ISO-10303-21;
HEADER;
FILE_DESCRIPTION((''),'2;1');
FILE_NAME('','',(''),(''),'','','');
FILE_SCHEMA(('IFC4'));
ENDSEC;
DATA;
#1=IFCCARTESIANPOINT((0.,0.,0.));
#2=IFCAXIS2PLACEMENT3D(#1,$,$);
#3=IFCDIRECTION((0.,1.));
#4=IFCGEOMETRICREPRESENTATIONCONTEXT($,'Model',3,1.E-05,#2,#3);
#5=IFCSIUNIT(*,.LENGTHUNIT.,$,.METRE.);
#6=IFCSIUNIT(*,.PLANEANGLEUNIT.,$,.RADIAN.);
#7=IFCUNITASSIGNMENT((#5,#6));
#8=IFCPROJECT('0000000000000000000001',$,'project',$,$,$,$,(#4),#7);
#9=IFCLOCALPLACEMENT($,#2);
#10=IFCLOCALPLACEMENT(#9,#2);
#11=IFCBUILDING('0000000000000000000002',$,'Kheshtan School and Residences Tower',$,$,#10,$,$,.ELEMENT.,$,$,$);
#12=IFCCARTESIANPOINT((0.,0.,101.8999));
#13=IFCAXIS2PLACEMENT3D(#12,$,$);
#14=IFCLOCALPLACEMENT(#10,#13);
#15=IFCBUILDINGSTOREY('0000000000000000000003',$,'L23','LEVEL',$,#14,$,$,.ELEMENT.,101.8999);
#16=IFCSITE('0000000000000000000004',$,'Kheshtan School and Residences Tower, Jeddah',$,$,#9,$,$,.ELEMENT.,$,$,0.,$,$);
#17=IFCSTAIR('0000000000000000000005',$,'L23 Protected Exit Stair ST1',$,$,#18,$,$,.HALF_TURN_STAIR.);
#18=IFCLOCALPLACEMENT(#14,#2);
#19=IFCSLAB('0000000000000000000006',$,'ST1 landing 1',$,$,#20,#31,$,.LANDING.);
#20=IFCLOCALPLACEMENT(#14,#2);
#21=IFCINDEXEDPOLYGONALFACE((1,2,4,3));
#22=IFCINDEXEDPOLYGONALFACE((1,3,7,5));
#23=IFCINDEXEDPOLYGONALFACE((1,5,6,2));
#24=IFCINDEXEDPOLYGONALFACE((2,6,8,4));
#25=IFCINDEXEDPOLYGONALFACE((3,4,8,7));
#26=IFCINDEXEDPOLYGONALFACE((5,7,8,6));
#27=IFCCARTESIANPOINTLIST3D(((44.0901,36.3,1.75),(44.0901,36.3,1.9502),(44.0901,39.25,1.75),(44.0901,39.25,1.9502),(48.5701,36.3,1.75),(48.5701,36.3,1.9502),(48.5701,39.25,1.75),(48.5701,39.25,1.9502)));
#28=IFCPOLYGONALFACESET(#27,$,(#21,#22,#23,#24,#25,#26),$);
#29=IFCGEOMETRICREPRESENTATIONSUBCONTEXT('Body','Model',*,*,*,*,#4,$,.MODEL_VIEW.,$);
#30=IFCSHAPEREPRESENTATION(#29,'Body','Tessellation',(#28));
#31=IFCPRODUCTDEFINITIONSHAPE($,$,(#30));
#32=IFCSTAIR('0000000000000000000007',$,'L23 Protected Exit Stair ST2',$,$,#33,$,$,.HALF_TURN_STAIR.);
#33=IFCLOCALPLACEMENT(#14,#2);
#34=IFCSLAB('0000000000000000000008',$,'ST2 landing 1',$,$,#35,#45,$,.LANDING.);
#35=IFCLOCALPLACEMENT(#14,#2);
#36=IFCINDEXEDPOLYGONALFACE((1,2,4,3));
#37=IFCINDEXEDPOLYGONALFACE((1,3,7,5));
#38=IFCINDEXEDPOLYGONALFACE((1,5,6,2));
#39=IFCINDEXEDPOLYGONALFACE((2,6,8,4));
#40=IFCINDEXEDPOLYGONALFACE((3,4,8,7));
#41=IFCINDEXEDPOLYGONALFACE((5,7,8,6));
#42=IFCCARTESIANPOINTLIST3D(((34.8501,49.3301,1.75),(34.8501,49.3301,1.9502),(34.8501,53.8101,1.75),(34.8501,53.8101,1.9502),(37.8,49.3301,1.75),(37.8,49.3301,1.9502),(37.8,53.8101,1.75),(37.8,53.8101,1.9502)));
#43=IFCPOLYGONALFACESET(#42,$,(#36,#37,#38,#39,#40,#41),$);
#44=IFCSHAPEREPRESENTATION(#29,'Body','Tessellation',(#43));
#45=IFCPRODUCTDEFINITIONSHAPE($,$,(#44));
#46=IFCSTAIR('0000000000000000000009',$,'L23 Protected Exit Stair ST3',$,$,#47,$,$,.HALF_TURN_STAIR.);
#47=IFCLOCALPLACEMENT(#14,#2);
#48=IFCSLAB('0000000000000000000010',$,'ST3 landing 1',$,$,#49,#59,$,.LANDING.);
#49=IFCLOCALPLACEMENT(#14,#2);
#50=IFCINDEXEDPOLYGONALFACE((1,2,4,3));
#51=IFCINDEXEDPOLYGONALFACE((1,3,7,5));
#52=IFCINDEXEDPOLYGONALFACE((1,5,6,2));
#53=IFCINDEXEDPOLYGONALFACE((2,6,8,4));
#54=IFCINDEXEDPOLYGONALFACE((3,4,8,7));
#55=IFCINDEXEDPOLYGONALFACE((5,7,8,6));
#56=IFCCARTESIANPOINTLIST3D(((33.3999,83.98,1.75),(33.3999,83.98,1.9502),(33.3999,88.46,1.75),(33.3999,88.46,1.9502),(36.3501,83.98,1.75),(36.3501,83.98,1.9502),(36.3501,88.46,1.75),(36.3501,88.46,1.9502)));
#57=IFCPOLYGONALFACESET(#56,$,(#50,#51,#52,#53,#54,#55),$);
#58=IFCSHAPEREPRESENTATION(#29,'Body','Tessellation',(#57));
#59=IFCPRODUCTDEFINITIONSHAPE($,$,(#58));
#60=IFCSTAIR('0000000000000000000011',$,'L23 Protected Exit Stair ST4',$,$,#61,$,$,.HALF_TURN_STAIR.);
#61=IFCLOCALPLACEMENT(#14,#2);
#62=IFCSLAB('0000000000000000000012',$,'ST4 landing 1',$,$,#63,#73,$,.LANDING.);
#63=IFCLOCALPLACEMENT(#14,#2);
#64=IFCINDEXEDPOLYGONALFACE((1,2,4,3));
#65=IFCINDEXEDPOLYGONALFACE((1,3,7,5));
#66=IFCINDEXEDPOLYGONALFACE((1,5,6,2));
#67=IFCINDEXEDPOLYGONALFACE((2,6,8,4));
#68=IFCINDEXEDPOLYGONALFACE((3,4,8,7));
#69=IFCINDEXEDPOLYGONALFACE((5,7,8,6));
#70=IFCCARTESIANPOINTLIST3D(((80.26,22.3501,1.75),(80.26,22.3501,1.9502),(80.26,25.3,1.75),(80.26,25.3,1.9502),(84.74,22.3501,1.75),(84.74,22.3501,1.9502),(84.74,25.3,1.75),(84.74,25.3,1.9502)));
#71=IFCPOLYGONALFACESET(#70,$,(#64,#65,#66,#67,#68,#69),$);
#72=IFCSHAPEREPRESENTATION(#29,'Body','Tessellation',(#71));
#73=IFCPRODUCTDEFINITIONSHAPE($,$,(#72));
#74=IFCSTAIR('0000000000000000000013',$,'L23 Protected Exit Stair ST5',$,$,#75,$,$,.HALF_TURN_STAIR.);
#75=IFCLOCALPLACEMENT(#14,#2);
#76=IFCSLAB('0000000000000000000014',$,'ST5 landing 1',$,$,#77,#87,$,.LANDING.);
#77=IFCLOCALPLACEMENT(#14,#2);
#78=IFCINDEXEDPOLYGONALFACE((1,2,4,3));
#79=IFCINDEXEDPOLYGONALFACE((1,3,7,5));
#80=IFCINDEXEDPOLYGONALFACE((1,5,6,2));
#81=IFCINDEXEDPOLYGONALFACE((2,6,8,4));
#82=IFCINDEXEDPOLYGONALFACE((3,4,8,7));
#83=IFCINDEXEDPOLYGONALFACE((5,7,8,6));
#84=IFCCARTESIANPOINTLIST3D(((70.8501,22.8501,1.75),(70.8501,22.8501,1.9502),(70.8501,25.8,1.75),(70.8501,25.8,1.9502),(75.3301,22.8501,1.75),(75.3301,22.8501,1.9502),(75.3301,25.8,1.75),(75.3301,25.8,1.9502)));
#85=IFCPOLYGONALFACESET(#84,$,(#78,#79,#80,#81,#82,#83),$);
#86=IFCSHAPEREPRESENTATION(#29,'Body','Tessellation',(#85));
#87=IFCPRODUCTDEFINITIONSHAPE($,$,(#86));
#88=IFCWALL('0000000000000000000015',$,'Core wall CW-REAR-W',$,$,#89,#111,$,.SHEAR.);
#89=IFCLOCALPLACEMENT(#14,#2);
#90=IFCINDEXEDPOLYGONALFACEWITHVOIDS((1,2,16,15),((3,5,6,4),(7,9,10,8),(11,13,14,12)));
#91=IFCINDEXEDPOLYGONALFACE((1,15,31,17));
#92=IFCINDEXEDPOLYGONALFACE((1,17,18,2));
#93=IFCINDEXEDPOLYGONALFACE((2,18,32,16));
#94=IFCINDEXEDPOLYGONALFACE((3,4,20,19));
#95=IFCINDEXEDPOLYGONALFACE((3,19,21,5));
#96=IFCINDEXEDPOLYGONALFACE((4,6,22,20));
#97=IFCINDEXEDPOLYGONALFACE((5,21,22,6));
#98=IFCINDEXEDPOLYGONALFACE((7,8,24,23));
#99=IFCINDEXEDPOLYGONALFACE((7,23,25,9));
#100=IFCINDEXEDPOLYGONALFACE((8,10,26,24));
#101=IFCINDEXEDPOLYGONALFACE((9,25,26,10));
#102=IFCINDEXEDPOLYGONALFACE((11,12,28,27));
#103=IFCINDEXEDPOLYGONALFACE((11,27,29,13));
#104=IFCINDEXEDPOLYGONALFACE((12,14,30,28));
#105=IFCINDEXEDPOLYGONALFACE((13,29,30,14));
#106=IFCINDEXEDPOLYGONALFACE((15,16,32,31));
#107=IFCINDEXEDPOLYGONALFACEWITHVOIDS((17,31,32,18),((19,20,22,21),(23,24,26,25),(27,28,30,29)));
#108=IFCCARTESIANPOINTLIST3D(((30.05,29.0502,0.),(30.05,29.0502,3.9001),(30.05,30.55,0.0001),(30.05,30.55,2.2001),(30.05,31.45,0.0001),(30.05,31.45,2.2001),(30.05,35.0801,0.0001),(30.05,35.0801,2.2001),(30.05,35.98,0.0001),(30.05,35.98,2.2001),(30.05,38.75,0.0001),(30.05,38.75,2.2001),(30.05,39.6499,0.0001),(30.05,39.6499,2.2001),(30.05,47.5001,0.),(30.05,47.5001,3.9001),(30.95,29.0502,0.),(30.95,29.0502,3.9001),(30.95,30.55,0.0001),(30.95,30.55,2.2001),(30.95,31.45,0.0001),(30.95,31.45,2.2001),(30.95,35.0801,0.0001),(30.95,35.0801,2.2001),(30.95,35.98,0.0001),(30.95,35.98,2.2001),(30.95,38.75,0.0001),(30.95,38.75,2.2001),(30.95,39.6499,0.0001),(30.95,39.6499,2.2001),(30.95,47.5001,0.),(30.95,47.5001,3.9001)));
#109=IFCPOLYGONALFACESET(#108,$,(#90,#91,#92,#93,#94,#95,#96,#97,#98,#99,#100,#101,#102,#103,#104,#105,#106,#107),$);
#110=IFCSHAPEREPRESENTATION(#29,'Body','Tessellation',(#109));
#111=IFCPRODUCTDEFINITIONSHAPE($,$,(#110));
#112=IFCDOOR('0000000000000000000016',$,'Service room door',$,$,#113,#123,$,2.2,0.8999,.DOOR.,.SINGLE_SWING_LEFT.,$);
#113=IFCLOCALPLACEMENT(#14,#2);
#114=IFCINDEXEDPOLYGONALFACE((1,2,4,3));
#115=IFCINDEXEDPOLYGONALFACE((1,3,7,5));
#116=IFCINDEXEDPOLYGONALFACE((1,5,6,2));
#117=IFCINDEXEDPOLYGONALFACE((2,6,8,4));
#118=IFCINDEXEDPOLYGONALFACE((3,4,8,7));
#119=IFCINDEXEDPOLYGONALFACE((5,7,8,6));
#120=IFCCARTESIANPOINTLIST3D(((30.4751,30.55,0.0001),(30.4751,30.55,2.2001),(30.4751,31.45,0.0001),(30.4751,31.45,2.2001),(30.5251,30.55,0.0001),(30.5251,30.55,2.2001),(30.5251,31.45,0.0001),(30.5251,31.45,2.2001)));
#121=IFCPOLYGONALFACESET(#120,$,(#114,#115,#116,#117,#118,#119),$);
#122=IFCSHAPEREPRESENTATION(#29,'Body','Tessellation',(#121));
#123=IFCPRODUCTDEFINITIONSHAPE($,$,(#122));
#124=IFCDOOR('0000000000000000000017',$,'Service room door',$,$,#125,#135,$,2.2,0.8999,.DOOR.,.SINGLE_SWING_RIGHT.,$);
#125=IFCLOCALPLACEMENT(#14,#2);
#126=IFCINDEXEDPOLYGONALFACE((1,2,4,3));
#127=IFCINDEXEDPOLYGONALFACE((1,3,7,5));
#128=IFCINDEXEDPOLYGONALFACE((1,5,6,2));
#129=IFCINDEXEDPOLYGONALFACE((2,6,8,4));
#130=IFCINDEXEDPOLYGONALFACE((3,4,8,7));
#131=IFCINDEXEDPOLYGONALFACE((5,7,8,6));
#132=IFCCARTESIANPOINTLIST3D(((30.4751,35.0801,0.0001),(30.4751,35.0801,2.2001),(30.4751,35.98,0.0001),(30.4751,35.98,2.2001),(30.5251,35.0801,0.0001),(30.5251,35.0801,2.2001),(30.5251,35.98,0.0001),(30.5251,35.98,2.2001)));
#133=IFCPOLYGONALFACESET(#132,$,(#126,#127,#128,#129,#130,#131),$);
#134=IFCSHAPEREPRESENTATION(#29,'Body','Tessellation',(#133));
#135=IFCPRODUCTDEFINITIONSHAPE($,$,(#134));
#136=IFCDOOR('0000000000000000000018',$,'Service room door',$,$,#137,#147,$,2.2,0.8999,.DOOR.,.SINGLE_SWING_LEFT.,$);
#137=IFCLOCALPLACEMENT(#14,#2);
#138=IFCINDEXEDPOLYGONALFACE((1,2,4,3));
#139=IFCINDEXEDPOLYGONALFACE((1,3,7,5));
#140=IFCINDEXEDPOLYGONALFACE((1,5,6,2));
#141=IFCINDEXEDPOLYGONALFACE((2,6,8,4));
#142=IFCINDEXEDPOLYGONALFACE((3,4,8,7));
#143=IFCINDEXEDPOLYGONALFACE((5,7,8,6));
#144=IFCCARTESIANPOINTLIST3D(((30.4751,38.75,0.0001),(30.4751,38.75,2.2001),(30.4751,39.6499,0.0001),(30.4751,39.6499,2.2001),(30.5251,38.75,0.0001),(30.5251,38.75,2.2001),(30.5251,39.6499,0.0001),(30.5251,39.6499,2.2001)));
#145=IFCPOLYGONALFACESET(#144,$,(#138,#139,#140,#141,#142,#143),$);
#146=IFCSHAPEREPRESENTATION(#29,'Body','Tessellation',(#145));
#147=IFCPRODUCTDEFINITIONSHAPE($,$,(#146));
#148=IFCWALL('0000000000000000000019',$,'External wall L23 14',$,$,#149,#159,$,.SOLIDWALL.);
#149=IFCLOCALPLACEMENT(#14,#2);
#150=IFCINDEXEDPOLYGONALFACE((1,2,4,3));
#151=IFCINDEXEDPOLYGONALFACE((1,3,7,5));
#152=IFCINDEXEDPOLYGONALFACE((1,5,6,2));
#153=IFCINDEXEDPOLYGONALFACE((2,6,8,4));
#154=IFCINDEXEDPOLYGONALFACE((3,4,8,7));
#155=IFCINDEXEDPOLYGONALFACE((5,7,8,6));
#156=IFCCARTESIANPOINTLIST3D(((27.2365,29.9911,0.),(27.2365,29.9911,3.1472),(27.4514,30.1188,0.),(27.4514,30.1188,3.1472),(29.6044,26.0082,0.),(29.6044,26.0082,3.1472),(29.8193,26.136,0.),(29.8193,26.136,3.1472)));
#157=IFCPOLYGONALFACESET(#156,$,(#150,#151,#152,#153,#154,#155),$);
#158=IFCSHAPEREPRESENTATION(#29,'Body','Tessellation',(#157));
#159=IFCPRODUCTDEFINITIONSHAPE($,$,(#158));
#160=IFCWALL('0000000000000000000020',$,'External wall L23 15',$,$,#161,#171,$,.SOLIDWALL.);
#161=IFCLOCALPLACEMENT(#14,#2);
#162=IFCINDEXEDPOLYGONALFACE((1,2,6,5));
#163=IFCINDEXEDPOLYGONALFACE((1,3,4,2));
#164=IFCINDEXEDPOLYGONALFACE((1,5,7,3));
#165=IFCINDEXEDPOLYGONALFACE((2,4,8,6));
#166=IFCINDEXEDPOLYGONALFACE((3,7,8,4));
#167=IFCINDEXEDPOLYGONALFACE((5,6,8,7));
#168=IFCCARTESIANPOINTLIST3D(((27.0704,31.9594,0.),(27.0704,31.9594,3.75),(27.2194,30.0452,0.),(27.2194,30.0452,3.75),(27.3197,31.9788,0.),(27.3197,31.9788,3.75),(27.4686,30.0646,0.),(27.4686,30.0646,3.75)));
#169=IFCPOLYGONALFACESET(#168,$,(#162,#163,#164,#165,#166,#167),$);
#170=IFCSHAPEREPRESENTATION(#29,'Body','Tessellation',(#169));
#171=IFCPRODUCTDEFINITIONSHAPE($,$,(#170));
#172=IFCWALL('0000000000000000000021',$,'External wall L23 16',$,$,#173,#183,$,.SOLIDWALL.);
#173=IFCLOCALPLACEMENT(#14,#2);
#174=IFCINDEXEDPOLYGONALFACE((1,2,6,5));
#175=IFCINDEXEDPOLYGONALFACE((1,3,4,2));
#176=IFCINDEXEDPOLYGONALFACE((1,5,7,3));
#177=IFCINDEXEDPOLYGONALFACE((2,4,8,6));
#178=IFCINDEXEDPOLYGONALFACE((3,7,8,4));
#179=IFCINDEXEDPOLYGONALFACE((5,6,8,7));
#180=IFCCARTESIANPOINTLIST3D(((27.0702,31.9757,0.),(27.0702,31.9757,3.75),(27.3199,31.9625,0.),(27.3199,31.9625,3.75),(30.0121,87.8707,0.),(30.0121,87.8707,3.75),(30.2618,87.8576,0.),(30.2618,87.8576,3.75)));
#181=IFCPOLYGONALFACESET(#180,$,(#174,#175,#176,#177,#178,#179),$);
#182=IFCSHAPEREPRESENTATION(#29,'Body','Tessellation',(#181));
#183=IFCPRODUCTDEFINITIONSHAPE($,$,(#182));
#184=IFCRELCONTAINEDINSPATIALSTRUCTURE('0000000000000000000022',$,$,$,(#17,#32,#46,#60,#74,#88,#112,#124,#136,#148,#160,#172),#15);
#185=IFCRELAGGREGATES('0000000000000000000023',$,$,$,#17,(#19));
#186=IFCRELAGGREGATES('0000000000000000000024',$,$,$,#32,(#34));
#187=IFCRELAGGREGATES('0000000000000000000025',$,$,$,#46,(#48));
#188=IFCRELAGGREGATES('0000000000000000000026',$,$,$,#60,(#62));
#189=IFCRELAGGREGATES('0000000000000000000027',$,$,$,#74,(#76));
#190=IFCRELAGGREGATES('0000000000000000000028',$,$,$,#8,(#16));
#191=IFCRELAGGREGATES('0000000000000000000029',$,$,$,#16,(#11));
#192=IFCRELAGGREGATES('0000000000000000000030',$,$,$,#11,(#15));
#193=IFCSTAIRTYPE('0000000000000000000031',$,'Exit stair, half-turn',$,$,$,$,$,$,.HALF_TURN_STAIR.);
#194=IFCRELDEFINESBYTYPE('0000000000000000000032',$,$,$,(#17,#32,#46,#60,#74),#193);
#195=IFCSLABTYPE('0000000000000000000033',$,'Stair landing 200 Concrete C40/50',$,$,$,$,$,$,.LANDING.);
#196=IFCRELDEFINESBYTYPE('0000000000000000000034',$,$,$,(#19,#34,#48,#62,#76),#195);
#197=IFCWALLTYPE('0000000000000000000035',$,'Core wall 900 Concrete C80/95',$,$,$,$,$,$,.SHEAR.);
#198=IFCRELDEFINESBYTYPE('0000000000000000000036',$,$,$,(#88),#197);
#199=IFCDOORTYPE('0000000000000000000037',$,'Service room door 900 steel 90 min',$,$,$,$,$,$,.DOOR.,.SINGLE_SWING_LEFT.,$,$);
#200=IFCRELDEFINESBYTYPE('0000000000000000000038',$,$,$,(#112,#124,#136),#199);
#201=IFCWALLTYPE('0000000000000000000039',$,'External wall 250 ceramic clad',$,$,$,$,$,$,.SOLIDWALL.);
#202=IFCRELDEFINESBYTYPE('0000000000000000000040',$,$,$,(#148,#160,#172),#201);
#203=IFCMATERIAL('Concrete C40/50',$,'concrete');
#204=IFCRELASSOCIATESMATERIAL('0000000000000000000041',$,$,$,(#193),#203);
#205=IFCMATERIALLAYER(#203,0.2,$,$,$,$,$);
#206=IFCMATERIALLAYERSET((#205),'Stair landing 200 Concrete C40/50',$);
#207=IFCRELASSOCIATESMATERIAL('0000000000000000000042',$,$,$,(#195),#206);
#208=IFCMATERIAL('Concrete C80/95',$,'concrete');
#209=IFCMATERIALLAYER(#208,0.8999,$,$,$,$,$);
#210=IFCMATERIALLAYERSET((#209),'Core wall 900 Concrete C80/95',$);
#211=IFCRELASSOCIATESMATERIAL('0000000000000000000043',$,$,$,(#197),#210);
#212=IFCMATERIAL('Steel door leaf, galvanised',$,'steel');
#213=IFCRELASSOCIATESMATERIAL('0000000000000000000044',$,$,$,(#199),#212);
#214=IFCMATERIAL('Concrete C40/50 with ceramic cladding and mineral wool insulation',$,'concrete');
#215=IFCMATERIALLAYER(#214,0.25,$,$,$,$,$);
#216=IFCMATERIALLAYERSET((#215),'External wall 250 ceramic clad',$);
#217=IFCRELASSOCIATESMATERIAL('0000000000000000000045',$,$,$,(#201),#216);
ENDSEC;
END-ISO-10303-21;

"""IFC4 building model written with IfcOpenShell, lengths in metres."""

from ifc_helpers import new_model, si_unit, direction, frame, frame_2d, origin, place, context, subcontext, project, spatial, polyline, rectangle, outline, extrude, source, transform, mapped, material, layer, layer_set, type_object, element, fill, aggregate, save


model = new_model("IFC4")

# Units and contexts
model_context = context("Model", 3, precision=1e-05, world=origin(), true_north=direction((0.0, 1.0)))
body_context = subcontext(model_context, "Body", "Model", "MODEL_VIEW")
ifc_project = project(units=[si_unit("LENGTHUNIT", "METRE"), si_unit("PLANEANGLEUNIT", "RADIAN")], contexts=[model_context])

# Site, building, storey
site_placement = place(None, origin())
site = spatial("IfcSite", under=ifc_project, at=site_placement, Name="Kheshtan School and Residences Tower, Jeddah", CompositionType="ELEMENT", RefElevation=0.0)
building_placement = place(site_placement, origin())
building = spatial("IfcBuilding", under=site, at=building_placement, Name="Kheshtan School and Residences Tower", CompositionType="ELEMENT")
storey_placement = place(building_placement, frame((0.0, 0.0, 101.8999)))
storey = spatial("IfcBuildingStorey", under=building, at=storey_placement, Name="L23", Description="LEVEL", CompositionType="ELEMENT", Elevation=101.8999)

# Shared definitions
ifc_material_1 = material(Name="Concrete C40/50", Category="concrete")

# Stairs, slabs
stair_type = type_object("IfcStairType", Name="Exit stair, half-turn", PredefinedType="HALF_TURN_STAIR", material=ifc_material_1)
stair_1_placement = place(storey_placement, origin())
stair_1 = element("IfcStair", 1, at=stair_1_placement, inside=storey, type_object=stair_type, Name="L23 Protected Exit Stair ST1", PredefinedType="HALF_TURN_STAIR")
ifc_layer_1 = layer(ifc_material_1, 0.2)
ifc_layer_set_1 = layer_set([ifc_layer_1], Name="Stair landing 200 Concrete C40/50")
slab_type_1 = type_object("IfcSlabType", Name="Stair landing 200 Concrete C40/50", PredefinedType="LANDING", material=ifc_layer_set_1)
slab_1_placement = place(storey_placement, frame((0.0, 0.0, 1.75)))
slab_1 = element("IfcSlab", 2, at=slab_1_placement, type_object=slab_type_1, Name="ST1 landing 1", PredefinedType="LANDING", context=body_context, shape_type="SweptSolid", body=[
    extrude(outline(polyline([(48.5701, 39.25), (44.0901, 39.25), (44.0901, 36.3), (48.5701, 36.3), (48.5701, 39.25)])), origin(), (0.0, 0.0, 1.0), 0.2002),
])
aggregate(stair_1, [slab_1])
stair_2_placement = place(storey_placement, origin())
stair_2 = element("IfcStair", 3, at=stair_2_placement, inside=storey, type_object=stair_type, Name="L23 Protected Exit Stair ST2", PredefinedType="HALF_TURN_STAIR")
slab_2_placement = place(storey_placement, frame((0.0, 0.0, 1.75)))
slab_2 = element("IfcSlab", 4, at=slab_2_placement, type_object=slab_type_1, Name="ST2 landing 1", PredefinedType="LANDING", context=body_context, shape_type="SweptSolid", body=[
    extrude(outline(polyline([(37.8, 49.3301), (37.8, 53.8101), (34.8501, 53.8101), (34.8501, 49.3301), (37.8, 49.3301)])), origin(), (0.0, 0.0, 1.0), 0.2002),
])
aggregate(stair_2, [slab_2])
stair_3_placement = place(storey_placement, origin())
stair_3 = element("IfcStair", 5, at=stair_3_placement, inside=storey, type_object=stair_type, Name="L23 Protected Exit Stair ST3", PredefinedType="HALF_TURN_STAIR")
slab_3_placement = place(storey_placement, frame((0.0, 0.0, 1.75)))
slab_3 = element("IfcSlab", 6, at=slab_3_placement, type_object=slab_type_1, Name="ST3 landing 1", PredefinedType="LANDING", context=body_context, shape_type="SweptSolid", body=[
    extrude(outline(polyline([(36.3501, 83.98), (36.3501, 88.46), (33.3999, 88.46), (33.3999, 83.98), (36.3501, 83.98)])), origin(), (0.0, 0.0, 1.0), 0.2002),
])
aggregate(stair_3, [slab_3])
stair_4_placement = place(storey_placement, origin())
stair_4 = element("IfcStair", 7, at=stair_4_placement, inside=storey, type_object=stair_type, Name="L23 Protected Exit Stair ST4", PredefinedType="HALF_TURN_STAIR")
slab_4_placement = place(storey_placement, frame((0.0, 0.0, 1.75)))
slab_4 = element("IfcSlab", 8, at=slab_4_placement, type_object=slab_type_1, Name="ST4 landing 1", PredefinedType="LANDING", context=body_context, shape_type="SweptSolid", body=[
    extrude(outline(polyline([(84.74, 25.3), (80.26, 25.3), (80.26, 22.3501), (84.74, 22.3501), (84.74, 25.3)])), origin(), (0.0, 0.0, 1.0), 0.2002),
])
aggregate(stair_4, [slab_4])
stair_5_placement = place(storey_placement, origin())
stair_5 = element("IfcStair", 9, at=stair_5_placement, inside=storey, type_object=stair_type, Name="L23 Protected Exit Stair ST5", PredefinedType="HALF_TURN_STAIR")
slab_5_placement = place(storey_placement, frame((0.0, 0.0, 1.75)))
slab_5 = element("IfcSlab", 10, at=slab_5_placement, type_object=slab_type_1, Name="ST5 landing 1", PredefinedType="LANDING", context=body_context, shape_type="SweptSolid", body=[
    extrude(outline(polyline([(75.3301, 25.8), (70.8501, 25.8), (70.8501, 22.8501), (75.3301, 22.8501), (75.3301, 25.8)])), origin(), (0.0, 0.0, 1.0), 0.2002),
])
aggregate(stair_5, [slab_5])

# Wall, openings, doors
ifc_material_2 = material(Name="Concrete C80/95", Category="concrete")
ifc_layer_2 = layer(ifc_material_2, 0.8999)
ifc_layer_set_2 = layer_set([ifc_layer_2], Name="Core wall 900 Concrete C80/95")
wall_type_1 = type_object("IfcWallType", Name="Core wall 900 Concrete C80/95", PredefinedType="SHEAR", material=ifc_layer_set_2)
wall_1_placement = place(storey_placement, frame((30.5, 29.05, 0.0), z_axis=(0.0, 0.0, 1.0), x_axis=(0.0, 1.0, 0.0)))
wall_1 = element("IfcWall", 11, at=wall_1_placement, inside=storey, type_object=wall_type_1, Name="Core wall CW-REAR-W", PredefinedType="SHEAR", context=body_context, shape_type="SweptSolid", body=[
    extrude(rectangle(XDim=18.45, YDim=0.8999, at=frame_2d((9.2251, 0.0))), origin(), (0.0, 0.0, 1.0), 3.9001),
])
opening_1_placement = place(wall_1_placement, frame((1.5, 0.0, 0.0)))
opening_1 = element("IfcOpeningElement", 12, at=opening_1_placement, cuts=wall_1, PredefinedType="OPENING", context=body_context, shape_type="SweptSolid", body=[
    extrude(rectangle(XDim=0.8999, YDim=2.2, at=frame_2d((0.45, 1.1001))), frame((0.0, 0.46, 0.0), z_axis=(0.0, -1.0, 0.0), x_axis=(1.0, 0.0, 0.0)), (0.0, 0.0, 1.0), 0.9199),
])
opening_2_placement = place(wall_1_placement, frame((6.03, 0.0, 0.0)))
opening_2 = element("IfcOpeningElement", 13, at=opening_2_placement, cuts=wall_1, PredefinedType="OPENING", context=body_context, shape_type="SweptSolid", body=[
    extrude(rectangle(XDim=0.8999, YDim=2.2, at=frame_2d((0.45, 1.1001))), frame((0.0, 0.46, 0.0), z_axis=(0.0, -1.0, 0.0), x_axis=(1.0, 0.0, 0.0)), (0.0, 0.0, 1.0), 0.9199),
])
opening_3_placement = place(wall_1_placement, frame((9.7, 0.0, 0.0)))
opening_3 = element("IfcOpeningElement", 14, at=opening_3_placement, cuts=wall_1, PredefinedType="OPENING", context=body_context, shape_type="SweptSolid", body=[
    extrude(rectangle(XDim=0.8999, YDim=2.2, at=frame_2d((0.45, 1.1001))), frame((0.0, 0.46, 0.0), z_axis=(0.0, -1.0, 0.0), x_axis=(1.0, 0.0, 0.0)), (0.0, 0.0, 1.0), 0.9199),
])
ifc_material_3 = material(Name="Steel door leaf, galvanised", Category="steel")
door_type = type_object("IfcDoorType", Name="Service room door 900 steel 90 min", OperationType="SINGLE_SWING_LEFT", PredefinedType="DOOR", material=ifc_material_3)
shared_shape = source(origin(), body_context, "Body", "SweptSolid", [
    extrude(rectangle(XDim=0.8999, YDim=2.2, at=frame_2d((0.45, 1.1001))), frame((0.0, 0.0249, 0.0), z_axis=(0.0, -1.0, 0.0), x_axis=(1.0, 0.0, 0.0)), (0.0, 0.0, 1.0), 0.05),
])
door_1_placement = place(opening_1_placement, origin())
door_1 = element("IfcDoor", 15, at=door_1_placement, inside=storey, type_object=door_type, Name="Service room door", OperationType="SINGLE_SWING_LEFT", OverallHeight=2.2, OverallWidth=0.8999, PredefinedType="DOOR", context=body_context, shape_type="MappedRepresentation", body=[
    mapped(shared_shape, transform((0.0, 0.0, 0.0), x_axis=(1.0, 0.0, 0.0), y_axis=(0.0, 1.0, 0.0), z_axis=(0.0, 0.0, 1.0), scale=1.0)),
])
fill(opening_1, door_1)
door_2_placement = place(opening_2_placement, origin())
door_2 = element("IfcDoor", 16, at=door_2_placement, inside=storey, type_object=door_type, Name="Service room door", OperationType="SINGLE_SWING_RIGHT", OverallHeight=2.2, OverallWidth=0.8999, PredefinedType="DOOR", context=body_context, shape_type="MappedRepresentation", body=[
    mapped(shared_shape, transform((0.0, 0.0, 0.0), x_axis=(1.0, 0.0, 0.0), y_axis=(0.0, 1.0, 0.0), z_axis=(0.0, 0.0, 1.0), scale=1.0)),
])
fill(opening_2, door_2)
door_3_placement = place(opening_3_placement, origin())
door_3 = element("IfcDoor", 17, at=door_3_placement, inside=storey, type_object=door_type, Name="Service room door", OperationType="SINGLE_SWING_LEFT", OverallHeight=2.2, OverallWidth=0.8999, PredefinedType="DOOR", context=body_context, shape_type="MappedRepresentation", body=[
    mapped(shared_shape, transform((0.0, 0.0, 0.0), x_axis=(1.0, 0.0, 0.0), y_axis=(0.0, 1.0, 0.0), z_axis=(0.0, 0.0, 1.0), scale=1.0)),
])
fill(opening_3, door_3)

# Walls
ifc_material_4 = material(Name="Concrete C40/50 with ceramic cladding and mineral wool insulation", Category="concrete")
ifc_layer_3 = layer(ifc_material_4, 0.25)
ifc_layer_set_3 = layer_set([ifc_layer_3], Name="External wall 250 ceramic clad")
wall_type_2 = type_object("IfcWallType", Name="External wall 250 ceramic clad", PredefinedType="SOLIDWALL", material=ifc_layer_set_3)
wall_2_placement = place(storey_placement, frame((29.7119, 26.072, 0.0), z_axis=(0.0, 0.0, 1.0), x_axis=(-0.511028, 0.859564, 0.0)))
element("IfcWall", 18, at=wall_2_placement, inside=storey, type_object=wall_type_2, Name="External wall L23 14", PredefinedType="SOLIDWALL", context=body_context, shape_type="SweptSolid", body=[
    extrude(rectangle(XDim=4.6335, YDim=0.25, at=frame_2d((2.3169, 0.0))), origin(), (0.0, 0.0, 1.0), 3.1472),
])
wall_3_placement = place(storey_placement, frame((27.344, 30.0549, 0.0), z_axis=(0.0, 0.0, 1.0), x_axis=(-0.077572, 0.996987, 0.0)))
element("IfcWall", 19, at=wall_3_placement, inside=storey, type_object=wall_type_2, Name="External wall L23 15", PredefinedType="SOLIDWALL", context=body_context, shape_type="SweptSolid", body=[
    extrude(rectangle(XDim=1.9199, YDim=0.25, at=frame_2d((0.96, 0.0))), origin(), (0.0, 0.0, 1.0), 3.75),
])
wall_4_placement = place(storey_placement, frame((27.1951, 31.969, 0.0), z_axis=(0.0, 0.0, 1.0), x_axis=(0.05256, 0.998618, 0.0)))
element("IfcWall", 20, at=wall_4_placement, inside=storey, type_object=wall_type_2, Name="External wall L23 16", PredefinedType="SOLIDWALL", context=body_context, shape_type="SweptSolid", body=[
    extrude(rectangle(XDim=55.9724, YDim=0.25, at=frame_2d((27.9863, 0.0))), origin(), (0.0, 0.0, 1.0), 3.75),
])

save(model, "model.ifc")
